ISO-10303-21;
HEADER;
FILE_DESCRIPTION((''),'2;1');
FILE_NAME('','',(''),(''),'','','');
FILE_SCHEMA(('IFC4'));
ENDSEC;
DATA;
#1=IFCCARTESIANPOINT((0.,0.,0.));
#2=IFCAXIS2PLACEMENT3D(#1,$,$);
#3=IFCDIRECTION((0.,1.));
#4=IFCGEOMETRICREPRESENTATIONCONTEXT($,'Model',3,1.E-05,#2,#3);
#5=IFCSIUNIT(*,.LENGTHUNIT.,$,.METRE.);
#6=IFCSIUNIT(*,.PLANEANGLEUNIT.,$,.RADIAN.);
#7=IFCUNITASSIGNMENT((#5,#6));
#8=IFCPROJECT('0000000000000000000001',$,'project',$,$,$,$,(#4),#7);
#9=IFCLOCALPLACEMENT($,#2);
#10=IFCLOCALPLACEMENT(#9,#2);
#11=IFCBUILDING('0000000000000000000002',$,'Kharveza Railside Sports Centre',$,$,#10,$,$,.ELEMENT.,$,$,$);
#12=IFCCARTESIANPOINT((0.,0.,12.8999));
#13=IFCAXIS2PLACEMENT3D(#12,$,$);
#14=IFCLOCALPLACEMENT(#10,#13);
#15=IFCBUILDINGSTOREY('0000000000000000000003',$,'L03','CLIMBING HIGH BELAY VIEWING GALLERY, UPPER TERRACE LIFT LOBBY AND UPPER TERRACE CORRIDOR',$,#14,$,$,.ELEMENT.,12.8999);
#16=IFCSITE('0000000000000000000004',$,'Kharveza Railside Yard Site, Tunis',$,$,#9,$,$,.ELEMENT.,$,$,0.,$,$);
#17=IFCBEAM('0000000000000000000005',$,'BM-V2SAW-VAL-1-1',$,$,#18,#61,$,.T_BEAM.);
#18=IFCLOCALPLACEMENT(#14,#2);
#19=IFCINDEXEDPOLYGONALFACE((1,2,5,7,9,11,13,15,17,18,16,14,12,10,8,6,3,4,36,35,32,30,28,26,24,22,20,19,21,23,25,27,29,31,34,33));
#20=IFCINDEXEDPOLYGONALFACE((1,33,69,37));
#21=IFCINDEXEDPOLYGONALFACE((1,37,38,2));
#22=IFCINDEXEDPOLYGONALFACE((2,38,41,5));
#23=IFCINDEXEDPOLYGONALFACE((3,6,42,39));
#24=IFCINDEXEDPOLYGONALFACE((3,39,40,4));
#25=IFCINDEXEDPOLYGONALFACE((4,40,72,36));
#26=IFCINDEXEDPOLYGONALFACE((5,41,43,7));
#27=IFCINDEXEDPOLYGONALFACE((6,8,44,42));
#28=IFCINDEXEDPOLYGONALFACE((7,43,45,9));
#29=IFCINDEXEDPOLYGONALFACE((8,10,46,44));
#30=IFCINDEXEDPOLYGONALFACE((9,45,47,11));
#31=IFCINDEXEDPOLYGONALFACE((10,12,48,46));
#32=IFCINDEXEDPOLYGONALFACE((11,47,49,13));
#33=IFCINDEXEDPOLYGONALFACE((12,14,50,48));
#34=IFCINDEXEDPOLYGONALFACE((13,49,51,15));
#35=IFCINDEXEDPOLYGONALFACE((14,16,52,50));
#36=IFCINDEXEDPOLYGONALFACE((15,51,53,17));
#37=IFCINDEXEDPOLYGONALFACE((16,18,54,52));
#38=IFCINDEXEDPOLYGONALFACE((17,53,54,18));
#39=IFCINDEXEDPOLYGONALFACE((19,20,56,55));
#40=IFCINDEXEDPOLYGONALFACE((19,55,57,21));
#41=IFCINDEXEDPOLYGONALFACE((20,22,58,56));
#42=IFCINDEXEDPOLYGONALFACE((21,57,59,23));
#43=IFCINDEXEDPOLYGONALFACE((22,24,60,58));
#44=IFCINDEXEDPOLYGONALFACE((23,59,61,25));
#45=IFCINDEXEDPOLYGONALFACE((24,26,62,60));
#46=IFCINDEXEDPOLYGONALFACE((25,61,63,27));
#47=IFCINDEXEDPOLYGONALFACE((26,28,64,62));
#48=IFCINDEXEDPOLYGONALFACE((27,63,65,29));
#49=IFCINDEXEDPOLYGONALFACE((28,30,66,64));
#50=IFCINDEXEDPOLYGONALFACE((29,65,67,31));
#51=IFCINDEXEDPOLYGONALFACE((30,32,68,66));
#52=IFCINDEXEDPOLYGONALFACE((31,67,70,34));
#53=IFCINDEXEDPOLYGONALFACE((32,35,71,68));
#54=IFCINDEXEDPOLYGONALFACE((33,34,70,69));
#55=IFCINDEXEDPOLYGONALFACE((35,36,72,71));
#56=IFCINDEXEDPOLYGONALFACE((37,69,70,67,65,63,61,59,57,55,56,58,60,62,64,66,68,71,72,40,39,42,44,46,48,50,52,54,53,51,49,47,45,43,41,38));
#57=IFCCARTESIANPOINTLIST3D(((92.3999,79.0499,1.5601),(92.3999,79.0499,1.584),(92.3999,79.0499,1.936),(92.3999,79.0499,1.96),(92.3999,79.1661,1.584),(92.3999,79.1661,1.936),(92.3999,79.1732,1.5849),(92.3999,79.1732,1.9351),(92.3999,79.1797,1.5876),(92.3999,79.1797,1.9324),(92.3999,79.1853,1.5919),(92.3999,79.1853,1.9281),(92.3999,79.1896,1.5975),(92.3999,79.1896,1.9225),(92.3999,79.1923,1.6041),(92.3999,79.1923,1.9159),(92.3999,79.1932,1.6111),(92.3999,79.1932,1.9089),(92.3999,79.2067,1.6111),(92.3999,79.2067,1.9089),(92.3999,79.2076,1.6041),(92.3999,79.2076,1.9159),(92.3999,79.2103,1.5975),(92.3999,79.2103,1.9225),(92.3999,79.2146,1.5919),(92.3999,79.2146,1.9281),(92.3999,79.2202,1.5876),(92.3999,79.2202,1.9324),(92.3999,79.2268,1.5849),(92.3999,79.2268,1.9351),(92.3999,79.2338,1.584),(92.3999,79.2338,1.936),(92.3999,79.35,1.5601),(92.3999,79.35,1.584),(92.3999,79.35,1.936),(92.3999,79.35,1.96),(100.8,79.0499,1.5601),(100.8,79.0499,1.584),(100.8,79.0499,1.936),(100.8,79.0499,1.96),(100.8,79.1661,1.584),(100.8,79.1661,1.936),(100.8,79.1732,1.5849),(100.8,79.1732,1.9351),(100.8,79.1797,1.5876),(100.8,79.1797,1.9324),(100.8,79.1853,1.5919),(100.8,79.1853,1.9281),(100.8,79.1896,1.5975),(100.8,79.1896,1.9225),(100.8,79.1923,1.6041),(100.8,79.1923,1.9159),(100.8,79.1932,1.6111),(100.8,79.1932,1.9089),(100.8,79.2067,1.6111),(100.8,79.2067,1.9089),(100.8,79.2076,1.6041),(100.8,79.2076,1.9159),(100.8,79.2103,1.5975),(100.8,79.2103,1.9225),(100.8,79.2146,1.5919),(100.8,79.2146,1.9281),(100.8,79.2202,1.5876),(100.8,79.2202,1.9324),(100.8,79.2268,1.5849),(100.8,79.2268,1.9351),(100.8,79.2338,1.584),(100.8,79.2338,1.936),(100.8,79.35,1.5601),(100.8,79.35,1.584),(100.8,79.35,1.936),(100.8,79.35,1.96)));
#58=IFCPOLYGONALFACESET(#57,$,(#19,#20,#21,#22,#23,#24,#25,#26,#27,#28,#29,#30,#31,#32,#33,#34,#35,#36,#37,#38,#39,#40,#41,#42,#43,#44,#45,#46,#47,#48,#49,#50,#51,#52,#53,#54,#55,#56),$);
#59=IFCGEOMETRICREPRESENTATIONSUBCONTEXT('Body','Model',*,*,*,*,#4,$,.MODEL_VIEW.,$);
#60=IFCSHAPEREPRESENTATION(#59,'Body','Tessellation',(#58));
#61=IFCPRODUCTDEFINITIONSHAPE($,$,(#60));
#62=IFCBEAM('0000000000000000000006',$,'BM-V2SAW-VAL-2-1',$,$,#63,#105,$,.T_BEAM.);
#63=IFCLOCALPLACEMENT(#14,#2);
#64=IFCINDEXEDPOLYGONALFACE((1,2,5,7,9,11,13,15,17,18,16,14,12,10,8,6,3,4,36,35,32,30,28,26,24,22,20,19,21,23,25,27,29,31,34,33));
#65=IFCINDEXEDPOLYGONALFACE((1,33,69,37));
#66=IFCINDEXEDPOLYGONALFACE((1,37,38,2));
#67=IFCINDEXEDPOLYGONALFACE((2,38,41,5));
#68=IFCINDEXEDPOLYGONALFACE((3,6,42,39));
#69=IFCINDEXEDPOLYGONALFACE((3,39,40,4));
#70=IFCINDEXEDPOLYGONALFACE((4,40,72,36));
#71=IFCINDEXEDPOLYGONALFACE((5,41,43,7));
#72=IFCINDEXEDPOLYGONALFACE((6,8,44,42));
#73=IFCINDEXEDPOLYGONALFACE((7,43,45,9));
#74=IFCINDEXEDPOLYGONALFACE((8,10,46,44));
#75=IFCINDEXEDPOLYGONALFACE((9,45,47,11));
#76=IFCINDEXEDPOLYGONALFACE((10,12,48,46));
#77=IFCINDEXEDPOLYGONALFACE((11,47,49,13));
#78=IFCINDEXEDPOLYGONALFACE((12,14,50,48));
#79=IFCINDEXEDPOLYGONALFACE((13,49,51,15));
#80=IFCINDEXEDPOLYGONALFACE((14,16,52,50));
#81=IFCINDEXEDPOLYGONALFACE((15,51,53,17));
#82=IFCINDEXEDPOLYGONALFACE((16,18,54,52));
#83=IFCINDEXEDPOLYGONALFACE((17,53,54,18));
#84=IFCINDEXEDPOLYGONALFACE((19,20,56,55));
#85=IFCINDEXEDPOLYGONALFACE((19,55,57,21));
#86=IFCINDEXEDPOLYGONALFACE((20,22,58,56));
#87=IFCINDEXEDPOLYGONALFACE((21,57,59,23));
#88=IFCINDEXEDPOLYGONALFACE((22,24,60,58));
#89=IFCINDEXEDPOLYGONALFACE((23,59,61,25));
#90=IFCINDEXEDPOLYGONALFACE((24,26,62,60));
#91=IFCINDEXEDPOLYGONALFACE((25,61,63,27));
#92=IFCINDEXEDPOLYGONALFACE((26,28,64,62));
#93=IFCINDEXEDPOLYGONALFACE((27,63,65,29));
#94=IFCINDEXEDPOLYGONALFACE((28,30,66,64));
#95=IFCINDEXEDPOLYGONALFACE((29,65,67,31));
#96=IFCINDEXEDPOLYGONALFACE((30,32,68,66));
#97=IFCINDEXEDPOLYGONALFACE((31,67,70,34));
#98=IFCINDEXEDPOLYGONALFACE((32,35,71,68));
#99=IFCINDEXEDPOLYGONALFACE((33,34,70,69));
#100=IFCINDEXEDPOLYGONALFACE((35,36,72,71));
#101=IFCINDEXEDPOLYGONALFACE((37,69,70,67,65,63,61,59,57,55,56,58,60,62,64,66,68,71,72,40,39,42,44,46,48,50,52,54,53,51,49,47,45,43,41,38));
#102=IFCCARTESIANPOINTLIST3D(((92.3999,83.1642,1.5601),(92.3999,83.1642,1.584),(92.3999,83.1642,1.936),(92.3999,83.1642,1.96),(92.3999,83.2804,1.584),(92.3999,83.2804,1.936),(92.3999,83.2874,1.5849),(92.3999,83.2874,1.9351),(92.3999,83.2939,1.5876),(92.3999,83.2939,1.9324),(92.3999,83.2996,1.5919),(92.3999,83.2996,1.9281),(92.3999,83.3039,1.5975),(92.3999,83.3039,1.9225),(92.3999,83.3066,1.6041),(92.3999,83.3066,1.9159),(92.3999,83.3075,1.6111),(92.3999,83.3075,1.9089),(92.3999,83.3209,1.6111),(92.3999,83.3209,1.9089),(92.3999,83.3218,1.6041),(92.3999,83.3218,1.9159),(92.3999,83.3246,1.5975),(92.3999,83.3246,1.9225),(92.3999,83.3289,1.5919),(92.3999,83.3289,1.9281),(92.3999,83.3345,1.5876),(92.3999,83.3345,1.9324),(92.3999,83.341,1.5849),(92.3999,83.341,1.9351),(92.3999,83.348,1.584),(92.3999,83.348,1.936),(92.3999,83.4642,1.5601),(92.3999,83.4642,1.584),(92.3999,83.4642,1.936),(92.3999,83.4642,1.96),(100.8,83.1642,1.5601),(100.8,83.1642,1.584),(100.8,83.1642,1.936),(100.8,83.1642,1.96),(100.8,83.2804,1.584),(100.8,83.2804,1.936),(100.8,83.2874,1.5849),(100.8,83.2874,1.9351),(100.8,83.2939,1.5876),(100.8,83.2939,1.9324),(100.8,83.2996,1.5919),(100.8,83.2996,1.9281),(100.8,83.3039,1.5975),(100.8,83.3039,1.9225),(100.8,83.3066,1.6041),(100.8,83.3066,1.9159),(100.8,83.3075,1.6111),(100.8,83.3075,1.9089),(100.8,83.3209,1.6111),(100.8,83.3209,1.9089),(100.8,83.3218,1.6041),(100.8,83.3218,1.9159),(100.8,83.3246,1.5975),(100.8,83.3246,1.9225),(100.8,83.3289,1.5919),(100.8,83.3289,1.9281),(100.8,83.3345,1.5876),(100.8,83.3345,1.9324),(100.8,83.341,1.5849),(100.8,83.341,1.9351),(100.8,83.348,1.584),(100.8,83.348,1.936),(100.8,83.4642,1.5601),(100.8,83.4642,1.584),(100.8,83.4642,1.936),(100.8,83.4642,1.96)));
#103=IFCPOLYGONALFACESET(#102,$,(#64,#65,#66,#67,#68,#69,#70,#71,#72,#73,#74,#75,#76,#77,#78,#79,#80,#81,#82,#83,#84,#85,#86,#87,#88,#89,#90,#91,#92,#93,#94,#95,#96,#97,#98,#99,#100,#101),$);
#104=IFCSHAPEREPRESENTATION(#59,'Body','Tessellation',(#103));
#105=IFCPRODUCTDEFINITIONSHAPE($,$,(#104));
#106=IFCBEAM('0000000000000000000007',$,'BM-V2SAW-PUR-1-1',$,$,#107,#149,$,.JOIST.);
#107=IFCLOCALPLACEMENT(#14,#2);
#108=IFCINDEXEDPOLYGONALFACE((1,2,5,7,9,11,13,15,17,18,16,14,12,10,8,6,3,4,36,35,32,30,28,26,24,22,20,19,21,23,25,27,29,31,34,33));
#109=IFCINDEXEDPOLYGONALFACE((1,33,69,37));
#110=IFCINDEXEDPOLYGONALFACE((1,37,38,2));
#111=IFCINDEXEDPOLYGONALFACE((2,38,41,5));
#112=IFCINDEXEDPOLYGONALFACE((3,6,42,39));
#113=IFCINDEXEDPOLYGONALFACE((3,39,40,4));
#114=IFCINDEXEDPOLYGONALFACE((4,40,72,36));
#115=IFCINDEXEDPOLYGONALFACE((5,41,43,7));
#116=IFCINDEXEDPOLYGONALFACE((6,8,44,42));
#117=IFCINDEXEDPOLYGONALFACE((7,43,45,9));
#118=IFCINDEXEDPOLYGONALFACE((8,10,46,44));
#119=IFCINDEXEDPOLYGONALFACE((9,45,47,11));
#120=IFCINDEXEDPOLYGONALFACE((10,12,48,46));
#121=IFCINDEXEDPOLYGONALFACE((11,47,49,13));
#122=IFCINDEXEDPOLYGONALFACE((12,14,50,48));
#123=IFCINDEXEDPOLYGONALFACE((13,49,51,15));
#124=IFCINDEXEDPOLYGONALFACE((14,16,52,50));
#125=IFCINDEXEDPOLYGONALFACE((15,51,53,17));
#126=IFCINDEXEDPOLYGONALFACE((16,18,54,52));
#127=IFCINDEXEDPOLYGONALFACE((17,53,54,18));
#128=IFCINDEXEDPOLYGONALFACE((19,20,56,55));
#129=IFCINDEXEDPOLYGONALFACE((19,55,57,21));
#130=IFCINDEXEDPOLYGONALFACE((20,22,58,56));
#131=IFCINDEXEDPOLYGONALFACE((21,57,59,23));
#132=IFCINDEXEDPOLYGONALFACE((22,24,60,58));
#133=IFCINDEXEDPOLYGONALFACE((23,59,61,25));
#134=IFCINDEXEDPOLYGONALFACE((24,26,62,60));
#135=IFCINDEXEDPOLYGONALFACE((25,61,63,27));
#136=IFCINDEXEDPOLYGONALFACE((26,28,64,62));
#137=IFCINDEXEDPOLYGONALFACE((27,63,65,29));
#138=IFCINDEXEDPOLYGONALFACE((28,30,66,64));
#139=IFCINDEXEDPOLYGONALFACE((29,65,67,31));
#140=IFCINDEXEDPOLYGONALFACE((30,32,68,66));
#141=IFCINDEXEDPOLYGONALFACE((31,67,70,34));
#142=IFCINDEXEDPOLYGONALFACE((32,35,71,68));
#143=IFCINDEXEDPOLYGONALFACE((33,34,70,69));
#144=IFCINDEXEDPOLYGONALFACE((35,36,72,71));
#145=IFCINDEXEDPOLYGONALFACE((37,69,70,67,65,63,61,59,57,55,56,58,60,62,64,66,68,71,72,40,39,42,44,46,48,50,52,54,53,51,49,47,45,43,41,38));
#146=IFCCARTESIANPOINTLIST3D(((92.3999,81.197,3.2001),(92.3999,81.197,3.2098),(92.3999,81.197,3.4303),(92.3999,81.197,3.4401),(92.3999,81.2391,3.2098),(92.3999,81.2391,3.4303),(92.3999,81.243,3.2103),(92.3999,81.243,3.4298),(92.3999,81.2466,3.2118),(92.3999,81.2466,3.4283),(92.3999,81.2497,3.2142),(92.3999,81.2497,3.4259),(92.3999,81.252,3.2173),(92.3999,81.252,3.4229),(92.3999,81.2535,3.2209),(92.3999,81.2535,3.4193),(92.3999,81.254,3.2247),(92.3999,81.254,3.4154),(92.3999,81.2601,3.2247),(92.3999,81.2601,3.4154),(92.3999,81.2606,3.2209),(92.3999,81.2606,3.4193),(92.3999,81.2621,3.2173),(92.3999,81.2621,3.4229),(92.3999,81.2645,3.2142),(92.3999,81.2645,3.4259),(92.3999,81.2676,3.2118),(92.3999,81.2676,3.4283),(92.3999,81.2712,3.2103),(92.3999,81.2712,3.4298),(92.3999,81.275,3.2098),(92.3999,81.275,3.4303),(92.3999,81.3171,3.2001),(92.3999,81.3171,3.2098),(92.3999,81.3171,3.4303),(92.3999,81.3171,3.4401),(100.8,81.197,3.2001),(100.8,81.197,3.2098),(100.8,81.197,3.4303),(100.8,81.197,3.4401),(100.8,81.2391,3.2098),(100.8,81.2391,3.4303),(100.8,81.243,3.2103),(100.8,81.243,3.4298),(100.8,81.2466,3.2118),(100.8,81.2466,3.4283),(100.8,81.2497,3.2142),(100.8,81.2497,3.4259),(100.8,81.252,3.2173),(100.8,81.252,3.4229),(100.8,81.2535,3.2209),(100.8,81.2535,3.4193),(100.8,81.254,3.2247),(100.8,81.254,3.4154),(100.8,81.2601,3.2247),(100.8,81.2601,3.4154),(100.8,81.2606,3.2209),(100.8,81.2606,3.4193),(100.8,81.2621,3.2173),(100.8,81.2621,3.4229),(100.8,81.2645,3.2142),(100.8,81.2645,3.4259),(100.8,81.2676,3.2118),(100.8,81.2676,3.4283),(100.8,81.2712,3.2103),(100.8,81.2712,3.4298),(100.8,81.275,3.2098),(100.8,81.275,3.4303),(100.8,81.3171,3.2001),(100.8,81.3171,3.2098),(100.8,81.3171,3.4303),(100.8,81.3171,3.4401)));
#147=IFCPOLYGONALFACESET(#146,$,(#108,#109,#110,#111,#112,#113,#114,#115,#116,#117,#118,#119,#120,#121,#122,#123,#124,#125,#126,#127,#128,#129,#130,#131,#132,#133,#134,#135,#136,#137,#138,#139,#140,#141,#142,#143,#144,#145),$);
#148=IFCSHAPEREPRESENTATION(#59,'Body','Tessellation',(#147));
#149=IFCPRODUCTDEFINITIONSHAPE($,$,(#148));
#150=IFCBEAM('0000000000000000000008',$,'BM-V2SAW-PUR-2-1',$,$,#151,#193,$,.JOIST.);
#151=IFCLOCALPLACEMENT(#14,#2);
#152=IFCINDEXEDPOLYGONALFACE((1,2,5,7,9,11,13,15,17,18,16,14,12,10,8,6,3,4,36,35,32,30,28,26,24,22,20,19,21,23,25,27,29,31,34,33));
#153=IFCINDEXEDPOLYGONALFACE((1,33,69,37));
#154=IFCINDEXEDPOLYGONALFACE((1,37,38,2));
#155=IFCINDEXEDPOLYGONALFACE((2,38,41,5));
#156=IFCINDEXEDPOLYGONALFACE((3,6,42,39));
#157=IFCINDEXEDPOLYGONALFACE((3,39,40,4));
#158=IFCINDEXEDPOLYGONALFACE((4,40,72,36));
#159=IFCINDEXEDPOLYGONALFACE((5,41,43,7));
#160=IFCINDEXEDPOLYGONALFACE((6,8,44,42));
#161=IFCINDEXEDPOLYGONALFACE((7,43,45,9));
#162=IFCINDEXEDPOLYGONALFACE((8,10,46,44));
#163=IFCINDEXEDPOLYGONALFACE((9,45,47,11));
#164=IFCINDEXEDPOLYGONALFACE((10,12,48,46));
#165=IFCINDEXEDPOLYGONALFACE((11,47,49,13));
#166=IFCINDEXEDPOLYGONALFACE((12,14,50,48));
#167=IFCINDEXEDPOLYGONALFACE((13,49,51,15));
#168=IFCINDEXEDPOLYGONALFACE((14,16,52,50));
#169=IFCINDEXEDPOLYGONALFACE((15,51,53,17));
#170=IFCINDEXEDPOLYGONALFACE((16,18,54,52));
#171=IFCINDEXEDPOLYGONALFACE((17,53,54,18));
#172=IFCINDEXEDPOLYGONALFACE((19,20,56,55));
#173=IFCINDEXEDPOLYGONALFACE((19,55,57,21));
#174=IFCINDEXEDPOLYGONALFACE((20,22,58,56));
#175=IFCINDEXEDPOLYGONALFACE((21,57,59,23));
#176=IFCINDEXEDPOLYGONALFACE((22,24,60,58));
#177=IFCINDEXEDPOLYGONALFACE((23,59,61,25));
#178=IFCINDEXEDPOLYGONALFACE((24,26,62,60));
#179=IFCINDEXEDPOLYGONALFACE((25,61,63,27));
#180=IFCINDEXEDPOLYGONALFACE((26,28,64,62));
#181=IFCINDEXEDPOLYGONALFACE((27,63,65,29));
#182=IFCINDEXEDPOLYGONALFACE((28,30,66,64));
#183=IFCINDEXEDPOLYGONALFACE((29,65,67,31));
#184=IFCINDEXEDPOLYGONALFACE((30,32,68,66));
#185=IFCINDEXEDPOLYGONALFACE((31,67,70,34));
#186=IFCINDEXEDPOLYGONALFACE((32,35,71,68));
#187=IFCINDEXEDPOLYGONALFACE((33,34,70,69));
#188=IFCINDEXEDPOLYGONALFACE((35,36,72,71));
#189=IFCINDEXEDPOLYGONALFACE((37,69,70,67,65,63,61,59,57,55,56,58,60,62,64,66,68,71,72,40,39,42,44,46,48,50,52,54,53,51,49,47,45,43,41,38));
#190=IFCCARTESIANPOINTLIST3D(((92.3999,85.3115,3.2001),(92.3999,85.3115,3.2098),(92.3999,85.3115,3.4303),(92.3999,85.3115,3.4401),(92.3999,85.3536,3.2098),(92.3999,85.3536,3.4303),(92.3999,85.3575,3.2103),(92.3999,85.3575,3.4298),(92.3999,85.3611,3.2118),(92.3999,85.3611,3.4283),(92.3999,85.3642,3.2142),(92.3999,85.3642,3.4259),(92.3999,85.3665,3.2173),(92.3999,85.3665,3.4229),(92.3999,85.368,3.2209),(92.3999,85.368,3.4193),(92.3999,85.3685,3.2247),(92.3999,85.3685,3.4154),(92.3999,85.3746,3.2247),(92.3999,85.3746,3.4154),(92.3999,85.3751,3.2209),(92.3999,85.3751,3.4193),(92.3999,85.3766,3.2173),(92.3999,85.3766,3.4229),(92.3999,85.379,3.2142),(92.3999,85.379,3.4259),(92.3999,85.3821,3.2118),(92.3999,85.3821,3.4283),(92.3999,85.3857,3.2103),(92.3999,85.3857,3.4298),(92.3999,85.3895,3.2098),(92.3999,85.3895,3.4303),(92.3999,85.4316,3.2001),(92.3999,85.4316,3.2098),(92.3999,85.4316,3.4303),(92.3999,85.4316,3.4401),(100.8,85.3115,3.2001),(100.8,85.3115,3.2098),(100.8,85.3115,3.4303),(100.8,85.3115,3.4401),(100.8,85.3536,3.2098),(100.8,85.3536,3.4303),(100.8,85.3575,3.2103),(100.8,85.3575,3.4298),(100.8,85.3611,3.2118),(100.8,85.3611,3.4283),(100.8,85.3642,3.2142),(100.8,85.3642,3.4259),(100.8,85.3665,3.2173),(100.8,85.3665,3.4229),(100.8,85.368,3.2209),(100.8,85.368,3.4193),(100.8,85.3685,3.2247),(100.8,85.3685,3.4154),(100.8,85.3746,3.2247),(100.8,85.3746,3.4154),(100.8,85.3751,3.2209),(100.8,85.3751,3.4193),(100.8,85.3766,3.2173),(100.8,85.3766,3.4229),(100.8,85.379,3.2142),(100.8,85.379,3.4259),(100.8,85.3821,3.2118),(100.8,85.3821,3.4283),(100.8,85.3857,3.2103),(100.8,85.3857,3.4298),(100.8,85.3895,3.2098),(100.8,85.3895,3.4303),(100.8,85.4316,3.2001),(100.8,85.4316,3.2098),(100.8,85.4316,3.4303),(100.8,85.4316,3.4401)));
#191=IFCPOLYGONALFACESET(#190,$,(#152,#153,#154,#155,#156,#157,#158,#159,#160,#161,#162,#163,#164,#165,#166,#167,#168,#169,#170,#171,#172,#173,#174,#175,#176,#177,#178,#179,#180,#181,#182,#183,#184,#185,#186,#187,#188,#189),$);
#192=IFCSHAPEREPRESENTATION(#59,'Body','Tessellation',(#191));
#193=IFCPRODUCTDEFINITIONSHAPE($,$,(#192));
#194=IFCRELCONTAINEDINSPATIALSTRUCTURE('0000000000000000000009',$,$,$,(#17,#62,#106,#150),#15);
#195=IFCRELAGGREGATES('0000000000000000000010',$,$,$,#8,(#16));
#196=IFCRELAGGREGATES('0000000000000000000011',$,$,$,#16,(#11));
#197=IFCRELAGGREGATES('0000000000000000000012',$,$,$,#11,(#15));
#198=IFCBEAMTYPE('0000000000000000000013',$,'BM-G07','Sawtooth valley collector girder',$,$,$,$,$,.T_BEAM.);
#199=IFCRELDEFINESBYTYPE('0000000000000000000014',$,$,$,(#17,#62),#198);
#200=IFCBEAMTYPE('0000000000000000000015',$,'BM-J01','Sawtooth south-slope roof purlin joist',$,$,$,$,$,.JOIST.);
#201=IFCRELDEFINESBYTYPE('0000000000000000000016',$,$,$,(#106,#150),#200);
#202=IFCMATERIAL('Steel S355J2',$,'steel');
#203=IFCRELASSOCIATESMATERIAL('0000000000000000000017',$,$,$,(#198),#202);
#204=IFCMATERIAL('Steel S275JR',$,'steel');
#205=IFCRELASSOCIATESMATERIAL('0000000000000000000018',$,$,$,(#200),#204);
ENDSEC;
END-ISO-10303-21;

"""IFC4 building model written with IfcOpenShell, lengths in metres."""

from ifc_helpers import new_model, si_unit, direction, frame, origin, origin_2d, place, context, subcontext, project, spatial, i_section, extrude, material, material_profile, profile_set, type_object, element, save


model = new_model("IFC4")

# Units and contexts
model_context = context("Model", 3, precision=1e-05, world=origin(), true_north=direction((0.0, 1.0)))
body_context = subcontext(model_context, "Body", "Model", "MODEL_VIEW")
ifc_project = project(units=[si_unit("LENGTHUNIT", "METRE"), si_unit("PLANEANGLEUNIT", "RADIAN")], contexts=[model_context])

# Site, building, storey
site_placement = place(None, origin())
site = spatial("IfcSite", under=ifc_project, at=site_placement, Name="Kharveza Railside Yard Site, Tunis", CompositionType="ELEMENT", RefElevation=0.0)
building_placement = place(site_placement, origin())
building = spatial("IfcBuilding", under=site, at=building_placement, Name="Kharveza Railside Sports Centre", CompositionType="ELEMENT")
storey_placement = place(building_placement, frame((0.0, 0.0, 12.8999)))
storey = spatial("IfcBuildingStorey", under=building, at=storey_placement, Name="L03", Description="CLIMBING HIGH BELAY VIEWING GALLERY, UPPER TERRACE LIFT LOBBY AND UPPER TERRACE CORRIDOR", CompositionType="ELEMENT", Elevation=12.8999)

# Beams
ifc_material_1 = material(Name="Steel S355J2", Category="steel")
ifc_material_profile_1 = material_profile(ifc_material_1, i_section(OverallWidth=0.3, OverallDepth=0.3999, WebThickness=0.0134, FlangeThickness=0.0239, FilletRadius=0.0271, at=origin_2d()), Name="HEB 400")
ifc_profile_set_1 = profile_set([ifc_material_profile_1], Name="Steel S355J2")
beam_type_1 = type_object("IfcBeamType", Name="BM-G07", Description="Sawtooth valley collector girder", PredefinedType="T_BEAM", material=ifc_profile_set_1)
for number, where, z_axis, x_axis, name in (
    (1, (92.3999, 79.2, 1.76), (1.0, 0.0, 0.0), (0.0, 1.0, 0.0), "BM-V2SAW-VAL-1-1"),
    (2, (92.3999, 83.3142, 1.76), (1.0, 0.0, 0.0), (0.0, 1.0, 0.0), "BM-V2SAW-VAL-2-1"),
):
    element("IfcBeam", number, at=place(storey_placement, frame(where, z_axis=z_axis, x_axis=x_axis)), inside=storey, type_object=beam_type_1, Name=name, PredefinedType="T_BEAM", context=body_context, shape_type="SweptSolid", body=[
        extrude(i_section(OverallWidth=0.3, OverallDepth=0.3999, WebThickness=0.0134, FlangeThickness=0.0239, FilletRadius=0.0271, at=origin_2d()), origin(), (0.0, 0.0, 1.0), 8.4001),
    ])
ifc_material_2 = material(Name="Steel S275JR", Category="steel")
ifc_material_profile_2 = material_profile(ifc_material_2, i_section(OverallWidth=0.1201, OverallDepth=0.24, WebThickness=0.0061, FlangeThickness=0.0098, FilletRadius=0.0149, at=origin_2d()), Name="IPE 240")
ifc_profile_set_2 = profile_set([ifc_material_profile_2], Name="Steel S275JR")
beam_type_2 = type_object("IfcBeamType", Name="BM-J01", Description="Sawtooth south-slope roof purlin joist", PredefinedType="JOIST", material=ifc_profile_set_2)
for number, where, z_axis, x_axis, name in (
    (3, (92.3999, 81.2571, 3.3201), (1.0, 0.0, 0.0), (0.0, 1.0, 0.0), "BM-V2SAW-PUR-1-1"),
    (4, (92.3999, 85.3716, 3.3201), (1.0, 0.0, 0.0), (0.0, 1.0, 0.0), "BM-V2SAW-PUR-2-1"),
):
    element("IfcBeam", number, at=place(storey_placement, frame(where, z_axis=z_axis, x_axis=x_axis)), inside=storey, type_object=beam_type_2, Name=name, PredefinedType="JOIST", context=body_context, shape_type="SweptSolid", body=[
        extrude(i_section(OverallWidth=0.1201, OverallDepth=0.24, WebThickness=0.0061, FlangeThickness=0.0098, FilletRadius=0.0149, at=origin_2d()), origin(), (0.0, 0.0, 1.0), 8.4001),
    ])

save(model, "model.ifc")
